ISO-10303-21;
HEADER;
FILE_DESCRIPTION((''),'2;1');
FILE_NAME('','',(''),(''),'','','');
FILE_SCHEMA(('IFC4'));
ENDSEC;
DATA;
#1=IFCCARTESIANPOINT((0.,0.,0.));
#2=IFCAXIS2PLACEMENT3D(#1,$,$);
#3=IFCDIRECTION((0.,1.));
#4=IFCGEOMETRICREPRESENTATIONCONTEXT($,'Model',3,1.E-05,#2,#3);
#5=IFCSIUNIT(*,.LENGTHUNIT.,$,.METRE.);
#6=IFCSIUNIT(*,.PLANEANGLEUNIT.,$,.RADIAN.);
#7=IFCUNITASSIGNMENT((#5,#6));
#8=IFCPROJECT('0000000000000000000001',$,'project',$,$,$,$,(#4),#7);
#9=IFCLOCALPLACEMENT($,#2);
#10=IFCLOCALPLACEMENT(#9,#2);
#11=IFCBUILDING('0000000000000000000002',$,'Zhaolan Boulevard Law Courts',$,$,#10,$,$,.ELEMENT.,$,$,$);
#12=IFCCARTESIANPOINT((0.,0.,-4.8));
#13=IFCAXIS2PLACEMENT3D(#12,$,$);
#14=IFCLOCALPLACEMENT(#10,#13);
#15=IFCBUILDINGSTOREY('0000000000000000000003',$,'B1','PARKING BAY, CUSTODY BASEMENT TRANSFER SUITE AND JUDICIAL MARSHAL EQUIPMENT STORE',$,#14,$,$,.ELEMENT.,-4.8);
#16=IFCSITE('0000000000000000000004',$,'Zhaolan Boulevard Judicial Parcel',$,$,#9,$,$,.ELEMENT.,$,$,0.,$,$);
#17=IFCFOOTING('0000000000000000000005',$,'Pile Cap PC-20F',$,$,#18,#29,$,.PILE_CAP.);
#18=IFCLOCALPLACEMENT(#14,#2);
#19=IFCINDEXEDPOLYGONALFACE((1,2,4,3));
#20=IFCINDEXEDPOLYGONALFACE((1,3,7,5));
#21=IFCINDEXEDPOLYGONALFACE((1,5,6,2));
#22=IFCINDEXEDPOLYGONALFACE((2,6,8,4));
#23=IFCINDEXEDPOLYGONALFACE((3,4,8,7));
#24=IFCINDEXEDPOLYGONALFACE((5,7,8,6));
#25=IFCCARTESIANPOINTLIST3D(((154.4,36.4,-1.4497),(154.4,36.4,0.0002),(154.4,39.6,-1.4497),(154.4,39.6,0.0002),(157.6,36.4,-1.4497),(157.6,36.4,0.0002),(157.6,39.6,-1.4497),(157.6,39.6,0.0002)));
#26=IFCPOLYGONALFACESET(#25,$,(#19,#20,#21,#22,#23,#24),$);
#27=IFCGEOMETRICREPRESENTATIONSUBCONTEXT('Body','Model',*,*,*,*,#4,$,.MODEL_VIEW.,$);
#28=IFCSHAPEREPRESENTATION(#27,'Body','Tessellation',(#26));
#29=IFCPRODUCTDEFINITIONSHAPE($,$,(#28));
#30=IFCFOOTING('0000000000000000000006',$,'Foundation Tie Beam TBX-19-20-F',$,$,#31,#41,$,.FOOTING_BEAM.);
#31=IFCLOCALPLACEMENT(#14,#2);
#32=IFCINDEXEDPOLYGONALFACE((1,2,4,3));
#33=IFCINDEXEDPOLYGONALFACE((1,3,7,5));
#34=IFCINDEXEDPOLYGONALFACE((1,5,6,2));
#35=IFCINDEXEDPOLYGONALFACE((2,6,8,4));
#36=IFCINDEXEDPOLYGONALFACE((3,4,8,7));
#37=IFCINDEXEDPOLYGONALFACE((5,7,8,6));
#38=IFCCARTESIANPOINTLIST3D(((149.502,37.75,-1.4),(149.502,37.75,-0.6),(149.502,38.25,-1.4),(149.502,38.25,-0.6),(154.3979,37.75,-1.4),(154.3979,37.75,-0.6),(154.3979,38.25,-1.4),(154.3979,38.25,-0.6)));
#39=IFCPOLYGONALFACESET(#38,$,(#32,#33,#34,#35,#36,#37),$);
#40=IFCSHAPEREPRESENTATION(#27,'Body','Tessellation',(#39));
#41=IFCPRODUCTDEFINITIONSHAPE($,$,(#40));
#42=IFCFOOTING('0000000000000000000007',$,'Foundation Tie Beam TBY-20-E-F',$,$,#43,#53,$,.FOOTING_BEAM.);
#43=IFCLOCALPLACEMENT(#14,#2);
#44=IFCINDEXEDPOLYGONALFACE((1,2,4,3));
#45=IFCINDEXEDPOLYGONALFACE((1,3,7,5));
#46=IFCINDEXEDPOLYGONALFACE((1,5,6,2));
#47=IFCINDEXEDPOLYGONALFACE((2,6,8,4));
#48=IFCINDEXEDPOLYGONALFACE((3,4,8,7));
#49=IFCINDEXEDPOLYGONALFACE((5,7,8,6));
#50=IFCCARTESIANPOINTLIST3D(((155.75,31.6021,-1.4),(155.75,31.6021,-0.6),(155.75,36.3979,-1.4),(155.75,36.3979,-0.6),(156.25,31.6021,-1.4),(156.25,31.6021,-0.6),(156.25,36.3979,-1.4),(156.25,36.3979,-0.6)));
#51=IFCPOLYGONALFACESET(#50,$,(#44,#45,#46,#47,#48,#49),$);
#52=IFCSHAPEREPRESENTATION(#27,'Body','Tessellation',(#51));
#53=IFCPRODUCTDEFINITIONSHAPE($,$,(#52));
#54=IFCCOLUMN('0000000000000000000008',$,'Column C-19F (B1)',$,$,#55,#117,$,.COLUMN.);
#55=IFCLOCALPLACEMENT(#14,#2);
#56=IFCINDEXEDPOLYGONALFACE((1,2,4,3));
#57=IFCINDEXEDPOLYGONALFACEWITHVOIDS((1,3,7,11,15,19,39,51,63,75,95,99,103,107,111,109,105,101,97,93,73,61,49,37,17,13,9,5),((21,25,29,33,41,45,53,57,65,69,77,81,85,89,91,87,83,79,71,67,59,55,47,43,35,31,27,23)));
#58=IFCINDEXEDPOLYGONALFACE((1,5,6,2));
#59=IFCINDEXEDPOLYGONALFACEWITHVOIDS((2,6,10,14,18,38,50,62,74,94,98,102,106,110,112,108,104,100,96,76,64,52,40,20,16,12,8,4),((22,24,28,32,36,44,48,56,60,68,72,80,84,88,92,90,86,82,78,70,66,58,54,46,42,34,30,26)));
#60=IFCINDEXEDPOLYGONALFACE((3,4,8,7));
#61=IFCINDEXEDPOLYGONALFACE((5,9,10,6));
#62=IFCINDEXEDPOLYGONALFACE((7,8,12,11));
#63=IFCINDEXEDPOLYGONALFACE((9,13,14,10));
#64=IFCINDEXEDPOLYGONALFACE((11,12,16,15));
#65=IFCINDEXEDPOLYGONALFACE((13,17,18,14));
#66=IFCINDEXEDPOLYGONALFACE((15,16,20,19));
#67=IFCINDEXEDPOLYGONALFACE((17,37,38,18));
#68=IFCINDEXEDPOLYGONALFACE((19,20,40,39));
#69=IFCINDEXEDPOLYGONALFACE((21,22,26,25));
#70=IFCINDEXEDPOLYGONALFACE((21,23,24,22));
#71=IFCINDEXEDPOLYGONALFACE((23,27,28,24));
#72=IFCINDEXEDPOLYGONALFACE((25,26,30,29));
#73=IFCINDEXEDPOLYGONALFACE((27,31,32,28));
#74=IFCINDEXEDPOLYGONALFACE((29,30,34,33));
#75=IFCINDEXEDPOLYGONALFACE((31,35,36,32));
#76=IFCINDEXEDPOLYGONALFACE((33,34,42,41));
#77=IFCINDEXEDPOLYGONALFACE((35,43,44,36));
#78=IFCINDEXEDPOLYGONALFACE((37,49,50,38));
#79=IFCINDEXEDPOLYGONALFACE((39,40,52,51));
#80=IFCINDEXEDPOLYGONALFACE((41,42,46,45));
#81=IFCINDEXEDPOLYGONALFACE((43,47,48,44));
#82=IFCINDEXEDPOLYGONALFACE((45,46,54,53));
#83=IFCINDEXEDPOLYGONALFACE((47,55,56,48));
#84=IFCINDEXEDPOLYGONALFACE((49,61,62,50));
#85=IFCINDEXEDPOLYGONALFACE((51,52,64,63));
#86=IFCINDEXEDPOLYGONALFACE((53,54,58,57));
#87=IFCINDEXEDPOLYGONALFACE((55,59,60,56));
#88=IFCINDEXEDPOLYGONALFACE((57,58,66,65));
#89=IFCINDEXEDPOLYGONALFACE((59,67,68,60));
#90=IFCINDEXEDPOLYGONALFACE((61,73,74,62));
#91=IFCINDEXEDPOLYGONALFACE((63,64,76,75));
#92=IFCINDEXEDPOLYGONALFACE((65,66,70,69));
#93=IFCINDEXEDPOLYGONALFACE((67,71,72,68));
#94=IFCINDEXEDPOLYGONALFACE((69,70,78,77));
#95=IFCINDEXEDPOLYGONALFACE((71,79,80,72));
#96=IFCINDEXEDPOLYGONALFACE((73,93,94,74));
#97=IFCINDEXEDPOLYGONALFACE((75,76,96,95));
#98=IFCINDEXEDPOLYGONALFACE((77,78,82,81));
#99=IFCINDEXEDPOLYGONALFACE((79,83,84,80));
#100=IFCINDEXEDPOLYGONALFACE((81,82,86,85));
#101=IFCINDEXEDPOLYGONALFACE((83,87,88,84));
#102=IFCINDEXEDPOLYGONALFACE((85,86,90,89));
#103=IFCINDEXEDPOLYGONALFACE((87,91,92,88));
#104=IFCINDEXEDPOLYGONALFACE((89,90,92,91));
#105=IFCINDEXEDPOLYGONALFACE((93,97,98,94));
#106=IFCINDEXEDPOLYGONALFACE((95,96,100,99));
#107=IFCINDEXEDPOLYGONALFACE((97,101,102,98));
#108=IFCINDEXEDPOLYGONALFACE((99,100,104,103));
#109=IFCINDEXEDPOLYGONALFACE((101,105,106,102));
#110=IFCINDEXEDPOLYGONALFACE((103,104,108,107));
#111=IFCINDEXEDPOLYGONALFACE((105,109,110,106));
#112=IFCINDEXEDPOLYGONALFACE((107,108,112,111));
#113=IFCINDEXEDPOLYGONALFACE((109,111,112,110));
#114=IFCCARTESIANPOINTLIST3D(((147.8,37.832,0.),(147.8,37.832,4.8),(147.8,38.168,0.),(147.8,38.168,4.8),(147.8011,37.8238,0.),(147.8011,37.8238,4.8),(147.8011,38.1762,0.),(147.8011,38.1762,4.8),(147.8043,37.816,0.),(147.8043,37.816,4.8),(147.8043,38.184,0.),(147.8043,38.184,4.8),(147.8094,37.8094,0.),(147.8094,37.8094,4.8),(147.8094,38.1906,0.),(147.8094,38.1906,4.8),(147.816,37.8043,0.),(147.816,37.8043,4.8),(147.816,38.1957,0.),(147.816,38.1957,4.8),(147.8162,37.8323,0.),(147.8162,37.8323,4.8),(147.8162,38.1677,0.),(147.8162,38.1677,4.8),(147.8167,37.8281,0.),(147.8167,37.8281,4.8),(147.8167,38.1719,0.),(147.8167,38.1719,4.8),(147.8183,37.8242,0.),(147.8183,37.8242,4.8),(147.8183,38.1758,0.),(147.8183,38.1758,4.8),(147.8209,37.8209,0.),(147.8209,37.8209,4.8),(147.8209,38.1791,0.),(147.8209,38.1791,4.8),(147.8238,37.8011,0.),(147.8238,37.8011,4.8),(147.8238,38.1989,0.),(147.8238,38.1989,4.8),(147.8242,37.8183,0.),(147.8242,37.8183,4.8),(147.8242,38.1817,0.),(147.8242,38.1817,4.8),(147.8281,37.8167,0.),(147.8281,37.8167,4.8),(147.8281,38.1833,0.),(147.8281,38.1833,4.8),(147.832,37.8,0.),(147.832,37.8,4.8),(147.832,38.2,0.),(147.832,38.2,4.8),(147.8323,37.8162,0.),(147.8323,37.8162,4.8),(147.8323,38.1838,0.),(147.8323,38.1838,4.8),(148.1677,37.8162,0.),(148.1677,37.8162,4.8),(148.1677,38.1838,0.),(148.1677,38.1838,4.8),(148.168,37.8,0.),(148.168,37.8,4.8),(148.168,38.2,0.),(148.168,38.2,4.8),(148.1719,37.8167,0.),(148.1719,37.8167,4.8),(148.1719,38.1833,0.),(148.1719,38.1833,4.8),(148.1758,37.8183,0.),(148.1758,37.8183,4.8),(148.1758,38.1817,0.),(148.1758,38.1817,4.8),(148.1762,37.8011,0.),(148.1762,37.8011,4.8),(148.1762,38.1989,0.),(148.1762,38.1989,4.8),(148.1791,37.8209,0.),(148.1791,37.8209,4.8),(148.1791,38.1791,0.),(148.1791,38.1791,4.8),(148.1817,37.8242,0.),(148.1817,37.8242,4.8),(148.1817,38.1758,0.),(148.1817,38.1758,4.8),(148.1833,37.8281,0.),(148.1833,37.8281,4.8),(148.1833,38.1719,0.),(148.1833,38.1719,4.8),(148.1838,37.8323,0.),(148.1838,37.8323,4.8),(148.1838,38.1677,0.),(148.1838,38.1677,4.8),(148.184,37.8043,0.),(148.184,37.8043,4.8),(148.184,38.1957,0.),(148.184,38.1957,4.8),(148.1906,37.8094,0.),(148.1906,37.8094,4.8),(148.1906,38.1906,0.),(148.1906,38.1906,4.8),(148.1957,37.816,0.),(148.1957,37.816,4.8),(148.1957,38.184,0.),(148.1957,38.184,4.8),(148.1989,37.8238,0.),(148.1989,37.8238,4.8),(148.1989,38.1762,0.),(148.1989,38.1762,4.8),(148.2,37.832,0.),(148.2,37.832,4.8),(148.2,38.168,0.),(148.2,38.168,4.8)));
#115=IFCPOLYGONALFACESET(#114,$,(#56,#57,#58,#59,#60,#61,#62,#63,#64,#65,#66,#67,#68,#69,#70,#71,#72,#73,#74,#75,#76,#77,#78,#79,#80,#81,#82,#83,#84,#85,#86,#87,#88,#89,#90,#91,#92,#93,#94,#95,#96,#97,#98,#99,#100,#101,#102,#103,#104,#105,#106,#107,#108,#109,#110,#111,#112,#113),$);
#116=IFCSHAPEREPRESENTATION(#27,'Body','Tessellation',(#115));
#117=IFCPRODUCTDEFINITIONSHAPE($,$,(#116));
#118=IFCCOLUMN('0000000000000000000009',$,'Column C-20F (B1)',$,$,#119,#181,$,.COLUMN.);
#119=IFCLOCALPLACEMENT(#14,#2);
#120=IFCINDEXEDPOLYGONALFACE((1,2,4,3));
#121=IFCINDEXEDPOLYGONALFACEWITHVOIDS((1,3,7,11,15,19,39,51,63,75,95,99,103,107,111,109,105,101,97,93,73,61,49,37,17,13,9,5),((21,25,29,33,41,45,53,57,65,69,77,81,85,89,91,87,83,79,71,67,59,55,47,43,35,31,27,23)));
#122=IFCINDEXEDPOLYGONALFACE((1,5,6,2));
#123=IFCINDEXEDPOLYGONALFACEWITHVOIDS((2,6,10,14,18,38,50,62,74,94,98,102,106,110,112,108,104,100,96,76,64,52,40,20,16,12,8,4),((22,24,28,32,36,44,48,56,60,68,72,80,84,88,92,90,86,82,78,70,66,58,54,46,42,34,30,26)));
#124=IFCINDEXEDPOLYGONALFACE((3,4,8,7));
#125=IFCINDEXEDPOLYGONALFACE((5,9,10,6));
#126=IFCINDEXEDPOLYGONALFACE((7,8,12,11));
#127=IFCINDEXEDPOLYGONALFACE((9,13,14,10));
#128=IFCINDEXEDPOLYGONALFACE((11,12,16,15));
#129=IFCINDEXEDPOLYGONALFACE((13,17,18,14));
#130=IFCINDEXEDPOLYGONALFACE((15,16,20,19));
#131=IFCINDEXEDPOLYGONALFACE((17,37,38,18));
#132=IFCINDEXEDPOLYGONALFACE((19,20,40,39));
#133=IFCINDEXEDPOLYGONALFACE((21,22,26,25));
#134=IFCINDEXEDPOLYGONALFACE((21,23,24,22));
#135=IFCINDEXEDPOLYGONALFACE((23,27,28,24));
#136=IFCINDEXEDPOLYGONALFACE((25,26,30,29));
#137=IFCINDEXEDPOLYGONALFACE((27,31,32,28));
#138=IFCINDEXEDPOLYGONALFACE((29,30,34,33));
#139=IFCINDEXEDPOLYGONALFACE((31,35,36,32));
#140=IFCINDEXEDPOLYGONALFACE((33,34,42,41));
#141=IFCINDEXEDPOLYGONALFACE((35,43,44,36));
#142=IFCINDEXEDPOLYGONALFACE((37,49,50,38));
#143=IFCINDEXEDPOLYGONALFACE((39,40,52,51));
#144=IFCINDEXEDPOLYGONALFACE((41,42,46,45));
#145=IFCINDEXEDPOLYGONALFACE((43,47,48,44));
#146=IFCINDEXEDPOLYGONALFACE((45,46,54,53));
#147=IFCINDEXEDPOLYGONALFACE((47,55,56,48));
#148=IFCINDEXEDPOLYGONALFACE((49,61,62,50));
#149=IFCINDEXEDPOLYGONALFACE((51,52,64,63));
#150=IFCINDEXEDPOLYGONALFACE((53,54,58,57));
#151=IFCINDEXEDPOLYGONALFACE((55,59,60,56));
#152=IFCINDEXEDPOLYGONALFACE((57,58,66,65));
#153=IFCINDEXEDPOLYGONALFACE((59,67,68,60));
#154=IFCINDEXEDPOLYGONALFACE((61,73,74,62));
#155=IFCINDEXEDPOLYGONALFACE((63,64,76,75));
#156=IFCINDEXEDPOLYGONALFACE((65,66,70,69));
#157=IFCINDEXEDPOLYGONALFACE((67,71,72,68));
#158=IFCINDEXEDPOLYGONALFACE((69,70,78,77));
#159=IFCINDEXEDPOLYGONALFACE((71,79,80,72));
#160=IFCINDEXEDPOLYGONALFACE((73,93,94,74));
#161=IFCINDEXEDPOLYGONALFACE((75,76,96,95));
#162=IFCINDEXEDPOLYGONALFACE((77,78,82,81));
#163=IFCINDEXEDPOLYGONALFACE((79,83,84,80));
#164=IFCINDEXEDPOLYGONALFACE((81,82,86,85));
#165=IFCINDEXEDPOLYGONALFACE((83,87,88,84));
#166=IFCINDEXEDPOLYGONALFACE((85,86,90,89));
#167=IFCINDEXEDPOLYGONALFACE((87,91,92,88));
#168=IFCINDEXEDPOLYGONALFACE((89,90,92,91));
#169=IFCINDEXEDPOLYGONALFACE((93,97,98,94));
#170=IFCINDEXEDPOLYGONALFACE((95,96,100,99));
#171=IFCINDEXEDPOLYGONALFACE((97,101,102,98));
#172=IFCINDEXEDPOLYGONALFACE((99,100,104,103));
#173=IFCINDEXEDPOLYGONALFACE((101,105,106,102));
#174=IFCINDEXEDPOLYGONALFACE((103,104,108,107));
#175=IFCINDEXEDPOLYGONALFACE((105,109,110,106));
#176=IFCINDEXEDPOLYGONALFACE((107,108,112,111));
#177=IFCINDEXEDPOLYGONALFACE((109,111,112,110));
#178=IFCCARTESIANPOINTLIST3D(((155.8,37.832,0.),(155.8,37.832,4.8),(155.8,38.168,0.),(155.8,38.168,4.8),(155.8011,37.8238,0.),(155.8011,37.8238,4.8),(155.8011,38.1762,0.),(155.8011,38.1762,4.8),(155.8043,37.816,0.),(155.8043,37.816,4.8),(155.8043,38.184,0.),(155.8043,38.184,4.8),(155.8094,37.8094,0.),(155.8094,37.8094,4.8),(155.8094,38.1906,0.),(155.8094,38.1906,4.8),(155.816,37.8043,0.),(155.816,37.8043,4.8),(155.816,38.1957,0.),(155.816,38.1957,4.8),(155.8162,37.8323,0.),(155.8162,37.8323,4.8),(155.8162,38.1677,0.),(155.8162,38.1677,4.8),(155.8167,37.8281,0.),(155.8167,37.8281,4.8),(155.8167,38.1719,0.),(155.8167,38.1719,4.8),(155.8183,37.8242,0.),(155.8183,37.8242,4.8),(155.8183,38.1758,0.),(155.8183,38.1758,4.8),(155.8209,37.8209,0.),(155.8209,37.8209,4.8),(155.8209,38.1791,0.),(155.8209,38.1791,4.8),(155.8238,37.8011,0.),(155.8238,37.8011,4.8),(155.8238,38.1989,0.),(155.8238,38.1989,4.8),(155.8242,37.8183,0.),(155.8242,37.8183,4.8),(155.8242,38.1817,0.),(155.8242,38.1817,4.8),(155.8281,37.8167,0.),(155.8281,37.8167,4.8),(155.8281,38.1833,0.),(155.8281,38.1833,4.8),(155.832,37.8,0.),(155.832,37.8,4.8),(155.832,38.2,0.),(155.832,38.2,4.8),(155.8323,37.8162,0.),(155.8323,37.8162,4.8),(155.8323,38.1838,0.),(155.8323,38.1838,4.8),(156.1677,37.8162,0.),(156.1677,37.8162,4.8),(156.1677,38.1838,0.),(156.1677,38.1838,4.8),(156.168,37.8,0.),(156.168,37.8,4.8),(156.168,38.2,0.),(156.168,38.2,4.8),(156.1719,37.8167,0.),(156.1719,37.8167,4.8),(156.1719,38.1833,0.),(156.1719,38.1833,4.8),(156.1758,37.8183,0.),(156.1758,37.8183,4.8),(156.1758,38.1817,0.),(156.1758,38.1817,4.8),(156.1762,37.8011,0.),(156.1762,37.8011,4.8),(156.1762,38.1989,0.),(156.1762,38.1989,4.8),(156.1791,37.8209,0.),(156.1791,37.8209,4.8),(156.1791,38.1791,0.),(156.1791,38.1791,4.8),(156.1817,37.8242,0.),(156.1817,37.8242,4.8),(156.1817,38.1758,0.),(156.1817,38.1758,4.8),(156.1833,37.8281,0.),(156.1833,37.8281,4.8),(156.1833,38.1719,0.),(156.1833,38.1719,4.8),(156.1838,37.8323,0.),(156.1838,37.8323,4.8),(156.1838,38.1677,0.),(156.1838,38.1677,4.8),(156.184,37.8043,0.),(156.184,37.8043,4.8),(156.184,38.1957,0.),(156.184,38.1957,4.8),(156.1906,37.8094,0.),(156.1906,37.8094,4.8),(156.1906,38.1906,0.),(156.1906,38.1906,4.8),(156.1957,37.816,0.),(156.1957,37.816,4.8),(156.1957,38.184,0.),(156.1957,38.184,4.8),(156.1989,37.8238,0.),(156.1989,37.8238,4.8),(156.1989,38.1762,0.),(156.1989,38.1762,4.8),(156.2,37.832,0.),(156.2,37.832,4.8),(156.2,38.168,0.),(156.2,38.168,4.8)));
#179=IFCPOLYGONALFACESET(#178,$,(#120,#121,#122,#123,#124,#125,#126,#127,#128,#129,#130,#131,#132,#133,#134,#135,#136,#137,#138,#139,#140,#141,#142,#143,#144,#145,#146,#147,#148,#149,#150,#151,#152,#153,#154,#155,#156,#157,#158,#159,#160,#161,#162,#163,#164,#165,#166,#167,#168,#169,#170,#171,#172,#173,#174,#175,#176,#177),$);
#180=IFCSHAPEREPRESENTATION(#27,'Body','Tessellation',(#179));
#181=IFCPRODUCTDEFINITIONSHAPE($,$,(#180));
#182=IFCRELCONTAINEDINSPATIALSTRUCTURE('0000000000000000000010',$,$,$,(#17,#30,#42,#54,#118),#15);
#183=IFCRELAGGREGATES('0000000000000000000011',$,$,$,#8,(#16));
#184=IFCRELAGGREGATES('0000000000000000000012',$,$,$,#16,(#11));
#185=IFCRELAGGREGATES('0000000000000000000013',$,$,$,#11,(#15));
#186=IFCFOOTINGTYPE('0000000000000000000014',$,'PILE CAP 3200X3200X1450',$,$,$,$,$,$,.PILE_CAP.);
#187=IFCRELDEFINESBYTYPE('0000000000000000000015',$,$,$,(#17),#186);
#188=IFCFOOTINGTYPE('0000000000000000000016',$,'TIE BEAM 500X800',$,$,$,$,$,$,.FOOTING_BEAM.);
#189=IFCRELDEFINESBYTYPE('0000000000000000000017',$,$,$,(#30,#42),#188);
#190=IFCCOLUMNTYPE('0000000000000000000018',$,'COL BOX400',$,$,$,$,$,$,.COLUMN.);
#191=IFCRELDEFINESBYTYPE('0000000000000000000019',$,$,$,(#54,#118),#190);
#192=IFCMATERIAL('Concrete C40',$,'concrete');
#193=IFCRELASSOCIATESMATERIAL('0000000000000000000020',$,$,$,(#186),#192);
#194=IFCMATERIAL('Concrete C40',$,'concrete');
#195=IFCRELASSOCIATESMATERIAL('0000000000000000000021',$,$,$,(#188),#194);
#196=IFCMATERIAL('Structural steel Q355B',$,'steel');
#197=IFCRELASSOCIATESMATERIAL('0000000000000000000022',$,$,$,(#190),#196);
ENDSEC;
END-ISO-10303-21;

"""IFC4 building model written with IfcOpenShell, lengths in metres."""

from ifc_helpers import new_model, si_unit, direction, frame, origin, origin_2d, place, context, subcontext, project, spatial, rectangle, hollow_rectangle, extrude, material, material_profile, profile_set, type_object, element, save


model = new_model("IFC4")

# Units and contexts
model_context = context("Model", 3, precision=1e-05, world=origin(), true_north=direction((0.0, 1.0)))
body_context = subcontext(model_context, "Body", "Model", "MODEL_VIEW")
ifc_project = project(units=[si_unit("LENGTHUNIT", "METRE"), si_unit("PLANEANGLEUNIT", "RADIAN")], contexts=[model_context])

# Site, building, storey
site_placement = place(None, origin())
site = spatial("IfcSite", under=ifc_project, at=site_placement, Name="Zhaolan Boulevard Judicial Parcel", CompositionType="ELEMENT", RefElevation=0.0)
building_placement = place(site_placement, origin())
building = spatial("IfcBuilding", under=site, at=building_placement, Name="Zhaolan Boulevard Law Courts", CompositionType="ELEMENT")
storey_placement = place(building_placement, frame((0.0, 0.0, -4.8)))
storey = spatial("IfcBuildingStorey", under=building, at=storey_placement, Name="B1", Description="PARKING BAY, CUSTODY BASEMENT TRANSFER SUITE AND JUDICIAL MARSHAL EQUIPMENT STORE", CompositionType="ELEMENT", Elevation=-4.8)

# Footings
ifc_material_1 = material(Name="Concrete C40", Category="concrete")
footing_type_1 = type_object("IfcFootingType", Name="PILE CAP 3200X3200X1450", PredefinedType="PILE_CAP", material=ifc_material_1)
for number, where, z_axis, x_axis, name in (
    (1, (156.0, 38.0, -1.4497), (0.0, 0.0, 1.0), (1.0, 0.0, 0.0), "Pile Cap PC-20F"),
):
    element("IfcFooting", number, at=place(storey_placement, frame(where, z_axis=z_axis, x_axis=x_axis)), inside=storey, type_object=footing_type_1, Name=name, PredefinedType="PILE_CAP", context=body_context, shape_type="SweptSolid", body=[
        extrude(rectangle(XDim=3.2, YDim=3.2, at=origin_2d()), origin(), (0.0, 0.0, 1.0), 1.45),
    ])
ifc_material_2 = material(Name="Concrete C40", Category="concrete")
ifc_material_profile_1 = material_profile(ifc_material_2, rectangle(XDim=0.5, YDim=0.8, at=origin_2d()), Name="RC500x800")
ifc_profile_set_1 = profile_set([ifc_material_profile_1], Name="Concrete C40")
footing_type_2 = type_object("IfcFootingType", Name="TIE BEAM 500X800", PredefinedType="FOOTING_BEAM", material=ifc_profile_set_1)
footing_1_placement = place(storey_placement, frame((149.502, 38.0, -1.0), z_axis=(1.0, 0.0, 0.0), x_axis=(0.0, 1.0, 0.0)))
element("IfcFooting", 2, at=footing_1_placement, inside=storey, type_object=footing_type_2, Name="Foundation Tie Beam TBX-19-20-F", PredefinedType="FOOTING_BEAM", context=body_context, shape_type="SweptSolid", body=[
    extrude(rectangle(XDim=0.5, YDim=0.8, at=origin_2d()), origin(), (0.0, 0.0, 1.0), 4.896),
])
footing_2_placement = place(storey_placement, frame((156.0, 31.6021, -1.0), z_axis=(0.0, 1.0, 0.0), x_axis=(-1.0, 0.0, 0.0)))
element("IfcFooting", 3, at=footing_2_placement, inside=storey, type_object=footing_type_2, Name="Foundation Tie Beam TBY-20-E-F", PredefinedType="FOOTING_BEAM", context=body_context, shape_type="SweptSolid", body=[
    extrude(rectangle(XDim=0.5, YDim=0.8, at=origin_2d()), origin(), (0.0, 0.0, 1.0), 4.7959),
])

# Columns
ifc_material_3 = material(Name="Structural steel Q355B", Category="steel")
ifc_material_profile_2 = material_profile(ifc_material_3, hollow_rectangle(XDim=0.3999, YDim=0.3999, WallThickness=0.0161, InnerFilletRadius=0.0161, OuterFilletRadius=0.032, at=origin_2d()), Name="BOX400x400x16")
ifc_profile_set_2 = profile_set([ifc_material_profile_2], Name="Structural steel Q355B")
column_type_1 = type_object("IfcColumnType", Name="COL BOX400", PredefinedType="COLUMN", material=ifc_profile_set_2)
for number, where, z_axis, x_axis, name in (
    (4, (148.0, 38.0, 0.0), (0.0, 0.0, 1.0), (1.0, 0.0, 0.0), "Column C-19F (B1)"),
    (5, (156.0, 38.0, 0.0), (0.0, 0.0, 1.0), (1.0, 0.0, 0.0), "Column C-20F (B1)"),
):
    element("IfcColumn", number, at=place(storey_placement, frame(where, z_axis=z_axis, x_axis=x_axis)), inside=storey, type_object=column_type_1, Name=name, PredefinedType="COLUMN", context=body_context, shape_type="SweptSolid", body=[
        extrude(hollow_rectangle(XDim=0.3999, YDim=0.3999, WallThickness=0.0161, InnerFilletRadius=0.0161, OuterFilletRadius=0.032, at=origin_2d()), origin(), (0.0, 0.0, 1.0), 4.8),
    ])

save(model, "model.ifc")
